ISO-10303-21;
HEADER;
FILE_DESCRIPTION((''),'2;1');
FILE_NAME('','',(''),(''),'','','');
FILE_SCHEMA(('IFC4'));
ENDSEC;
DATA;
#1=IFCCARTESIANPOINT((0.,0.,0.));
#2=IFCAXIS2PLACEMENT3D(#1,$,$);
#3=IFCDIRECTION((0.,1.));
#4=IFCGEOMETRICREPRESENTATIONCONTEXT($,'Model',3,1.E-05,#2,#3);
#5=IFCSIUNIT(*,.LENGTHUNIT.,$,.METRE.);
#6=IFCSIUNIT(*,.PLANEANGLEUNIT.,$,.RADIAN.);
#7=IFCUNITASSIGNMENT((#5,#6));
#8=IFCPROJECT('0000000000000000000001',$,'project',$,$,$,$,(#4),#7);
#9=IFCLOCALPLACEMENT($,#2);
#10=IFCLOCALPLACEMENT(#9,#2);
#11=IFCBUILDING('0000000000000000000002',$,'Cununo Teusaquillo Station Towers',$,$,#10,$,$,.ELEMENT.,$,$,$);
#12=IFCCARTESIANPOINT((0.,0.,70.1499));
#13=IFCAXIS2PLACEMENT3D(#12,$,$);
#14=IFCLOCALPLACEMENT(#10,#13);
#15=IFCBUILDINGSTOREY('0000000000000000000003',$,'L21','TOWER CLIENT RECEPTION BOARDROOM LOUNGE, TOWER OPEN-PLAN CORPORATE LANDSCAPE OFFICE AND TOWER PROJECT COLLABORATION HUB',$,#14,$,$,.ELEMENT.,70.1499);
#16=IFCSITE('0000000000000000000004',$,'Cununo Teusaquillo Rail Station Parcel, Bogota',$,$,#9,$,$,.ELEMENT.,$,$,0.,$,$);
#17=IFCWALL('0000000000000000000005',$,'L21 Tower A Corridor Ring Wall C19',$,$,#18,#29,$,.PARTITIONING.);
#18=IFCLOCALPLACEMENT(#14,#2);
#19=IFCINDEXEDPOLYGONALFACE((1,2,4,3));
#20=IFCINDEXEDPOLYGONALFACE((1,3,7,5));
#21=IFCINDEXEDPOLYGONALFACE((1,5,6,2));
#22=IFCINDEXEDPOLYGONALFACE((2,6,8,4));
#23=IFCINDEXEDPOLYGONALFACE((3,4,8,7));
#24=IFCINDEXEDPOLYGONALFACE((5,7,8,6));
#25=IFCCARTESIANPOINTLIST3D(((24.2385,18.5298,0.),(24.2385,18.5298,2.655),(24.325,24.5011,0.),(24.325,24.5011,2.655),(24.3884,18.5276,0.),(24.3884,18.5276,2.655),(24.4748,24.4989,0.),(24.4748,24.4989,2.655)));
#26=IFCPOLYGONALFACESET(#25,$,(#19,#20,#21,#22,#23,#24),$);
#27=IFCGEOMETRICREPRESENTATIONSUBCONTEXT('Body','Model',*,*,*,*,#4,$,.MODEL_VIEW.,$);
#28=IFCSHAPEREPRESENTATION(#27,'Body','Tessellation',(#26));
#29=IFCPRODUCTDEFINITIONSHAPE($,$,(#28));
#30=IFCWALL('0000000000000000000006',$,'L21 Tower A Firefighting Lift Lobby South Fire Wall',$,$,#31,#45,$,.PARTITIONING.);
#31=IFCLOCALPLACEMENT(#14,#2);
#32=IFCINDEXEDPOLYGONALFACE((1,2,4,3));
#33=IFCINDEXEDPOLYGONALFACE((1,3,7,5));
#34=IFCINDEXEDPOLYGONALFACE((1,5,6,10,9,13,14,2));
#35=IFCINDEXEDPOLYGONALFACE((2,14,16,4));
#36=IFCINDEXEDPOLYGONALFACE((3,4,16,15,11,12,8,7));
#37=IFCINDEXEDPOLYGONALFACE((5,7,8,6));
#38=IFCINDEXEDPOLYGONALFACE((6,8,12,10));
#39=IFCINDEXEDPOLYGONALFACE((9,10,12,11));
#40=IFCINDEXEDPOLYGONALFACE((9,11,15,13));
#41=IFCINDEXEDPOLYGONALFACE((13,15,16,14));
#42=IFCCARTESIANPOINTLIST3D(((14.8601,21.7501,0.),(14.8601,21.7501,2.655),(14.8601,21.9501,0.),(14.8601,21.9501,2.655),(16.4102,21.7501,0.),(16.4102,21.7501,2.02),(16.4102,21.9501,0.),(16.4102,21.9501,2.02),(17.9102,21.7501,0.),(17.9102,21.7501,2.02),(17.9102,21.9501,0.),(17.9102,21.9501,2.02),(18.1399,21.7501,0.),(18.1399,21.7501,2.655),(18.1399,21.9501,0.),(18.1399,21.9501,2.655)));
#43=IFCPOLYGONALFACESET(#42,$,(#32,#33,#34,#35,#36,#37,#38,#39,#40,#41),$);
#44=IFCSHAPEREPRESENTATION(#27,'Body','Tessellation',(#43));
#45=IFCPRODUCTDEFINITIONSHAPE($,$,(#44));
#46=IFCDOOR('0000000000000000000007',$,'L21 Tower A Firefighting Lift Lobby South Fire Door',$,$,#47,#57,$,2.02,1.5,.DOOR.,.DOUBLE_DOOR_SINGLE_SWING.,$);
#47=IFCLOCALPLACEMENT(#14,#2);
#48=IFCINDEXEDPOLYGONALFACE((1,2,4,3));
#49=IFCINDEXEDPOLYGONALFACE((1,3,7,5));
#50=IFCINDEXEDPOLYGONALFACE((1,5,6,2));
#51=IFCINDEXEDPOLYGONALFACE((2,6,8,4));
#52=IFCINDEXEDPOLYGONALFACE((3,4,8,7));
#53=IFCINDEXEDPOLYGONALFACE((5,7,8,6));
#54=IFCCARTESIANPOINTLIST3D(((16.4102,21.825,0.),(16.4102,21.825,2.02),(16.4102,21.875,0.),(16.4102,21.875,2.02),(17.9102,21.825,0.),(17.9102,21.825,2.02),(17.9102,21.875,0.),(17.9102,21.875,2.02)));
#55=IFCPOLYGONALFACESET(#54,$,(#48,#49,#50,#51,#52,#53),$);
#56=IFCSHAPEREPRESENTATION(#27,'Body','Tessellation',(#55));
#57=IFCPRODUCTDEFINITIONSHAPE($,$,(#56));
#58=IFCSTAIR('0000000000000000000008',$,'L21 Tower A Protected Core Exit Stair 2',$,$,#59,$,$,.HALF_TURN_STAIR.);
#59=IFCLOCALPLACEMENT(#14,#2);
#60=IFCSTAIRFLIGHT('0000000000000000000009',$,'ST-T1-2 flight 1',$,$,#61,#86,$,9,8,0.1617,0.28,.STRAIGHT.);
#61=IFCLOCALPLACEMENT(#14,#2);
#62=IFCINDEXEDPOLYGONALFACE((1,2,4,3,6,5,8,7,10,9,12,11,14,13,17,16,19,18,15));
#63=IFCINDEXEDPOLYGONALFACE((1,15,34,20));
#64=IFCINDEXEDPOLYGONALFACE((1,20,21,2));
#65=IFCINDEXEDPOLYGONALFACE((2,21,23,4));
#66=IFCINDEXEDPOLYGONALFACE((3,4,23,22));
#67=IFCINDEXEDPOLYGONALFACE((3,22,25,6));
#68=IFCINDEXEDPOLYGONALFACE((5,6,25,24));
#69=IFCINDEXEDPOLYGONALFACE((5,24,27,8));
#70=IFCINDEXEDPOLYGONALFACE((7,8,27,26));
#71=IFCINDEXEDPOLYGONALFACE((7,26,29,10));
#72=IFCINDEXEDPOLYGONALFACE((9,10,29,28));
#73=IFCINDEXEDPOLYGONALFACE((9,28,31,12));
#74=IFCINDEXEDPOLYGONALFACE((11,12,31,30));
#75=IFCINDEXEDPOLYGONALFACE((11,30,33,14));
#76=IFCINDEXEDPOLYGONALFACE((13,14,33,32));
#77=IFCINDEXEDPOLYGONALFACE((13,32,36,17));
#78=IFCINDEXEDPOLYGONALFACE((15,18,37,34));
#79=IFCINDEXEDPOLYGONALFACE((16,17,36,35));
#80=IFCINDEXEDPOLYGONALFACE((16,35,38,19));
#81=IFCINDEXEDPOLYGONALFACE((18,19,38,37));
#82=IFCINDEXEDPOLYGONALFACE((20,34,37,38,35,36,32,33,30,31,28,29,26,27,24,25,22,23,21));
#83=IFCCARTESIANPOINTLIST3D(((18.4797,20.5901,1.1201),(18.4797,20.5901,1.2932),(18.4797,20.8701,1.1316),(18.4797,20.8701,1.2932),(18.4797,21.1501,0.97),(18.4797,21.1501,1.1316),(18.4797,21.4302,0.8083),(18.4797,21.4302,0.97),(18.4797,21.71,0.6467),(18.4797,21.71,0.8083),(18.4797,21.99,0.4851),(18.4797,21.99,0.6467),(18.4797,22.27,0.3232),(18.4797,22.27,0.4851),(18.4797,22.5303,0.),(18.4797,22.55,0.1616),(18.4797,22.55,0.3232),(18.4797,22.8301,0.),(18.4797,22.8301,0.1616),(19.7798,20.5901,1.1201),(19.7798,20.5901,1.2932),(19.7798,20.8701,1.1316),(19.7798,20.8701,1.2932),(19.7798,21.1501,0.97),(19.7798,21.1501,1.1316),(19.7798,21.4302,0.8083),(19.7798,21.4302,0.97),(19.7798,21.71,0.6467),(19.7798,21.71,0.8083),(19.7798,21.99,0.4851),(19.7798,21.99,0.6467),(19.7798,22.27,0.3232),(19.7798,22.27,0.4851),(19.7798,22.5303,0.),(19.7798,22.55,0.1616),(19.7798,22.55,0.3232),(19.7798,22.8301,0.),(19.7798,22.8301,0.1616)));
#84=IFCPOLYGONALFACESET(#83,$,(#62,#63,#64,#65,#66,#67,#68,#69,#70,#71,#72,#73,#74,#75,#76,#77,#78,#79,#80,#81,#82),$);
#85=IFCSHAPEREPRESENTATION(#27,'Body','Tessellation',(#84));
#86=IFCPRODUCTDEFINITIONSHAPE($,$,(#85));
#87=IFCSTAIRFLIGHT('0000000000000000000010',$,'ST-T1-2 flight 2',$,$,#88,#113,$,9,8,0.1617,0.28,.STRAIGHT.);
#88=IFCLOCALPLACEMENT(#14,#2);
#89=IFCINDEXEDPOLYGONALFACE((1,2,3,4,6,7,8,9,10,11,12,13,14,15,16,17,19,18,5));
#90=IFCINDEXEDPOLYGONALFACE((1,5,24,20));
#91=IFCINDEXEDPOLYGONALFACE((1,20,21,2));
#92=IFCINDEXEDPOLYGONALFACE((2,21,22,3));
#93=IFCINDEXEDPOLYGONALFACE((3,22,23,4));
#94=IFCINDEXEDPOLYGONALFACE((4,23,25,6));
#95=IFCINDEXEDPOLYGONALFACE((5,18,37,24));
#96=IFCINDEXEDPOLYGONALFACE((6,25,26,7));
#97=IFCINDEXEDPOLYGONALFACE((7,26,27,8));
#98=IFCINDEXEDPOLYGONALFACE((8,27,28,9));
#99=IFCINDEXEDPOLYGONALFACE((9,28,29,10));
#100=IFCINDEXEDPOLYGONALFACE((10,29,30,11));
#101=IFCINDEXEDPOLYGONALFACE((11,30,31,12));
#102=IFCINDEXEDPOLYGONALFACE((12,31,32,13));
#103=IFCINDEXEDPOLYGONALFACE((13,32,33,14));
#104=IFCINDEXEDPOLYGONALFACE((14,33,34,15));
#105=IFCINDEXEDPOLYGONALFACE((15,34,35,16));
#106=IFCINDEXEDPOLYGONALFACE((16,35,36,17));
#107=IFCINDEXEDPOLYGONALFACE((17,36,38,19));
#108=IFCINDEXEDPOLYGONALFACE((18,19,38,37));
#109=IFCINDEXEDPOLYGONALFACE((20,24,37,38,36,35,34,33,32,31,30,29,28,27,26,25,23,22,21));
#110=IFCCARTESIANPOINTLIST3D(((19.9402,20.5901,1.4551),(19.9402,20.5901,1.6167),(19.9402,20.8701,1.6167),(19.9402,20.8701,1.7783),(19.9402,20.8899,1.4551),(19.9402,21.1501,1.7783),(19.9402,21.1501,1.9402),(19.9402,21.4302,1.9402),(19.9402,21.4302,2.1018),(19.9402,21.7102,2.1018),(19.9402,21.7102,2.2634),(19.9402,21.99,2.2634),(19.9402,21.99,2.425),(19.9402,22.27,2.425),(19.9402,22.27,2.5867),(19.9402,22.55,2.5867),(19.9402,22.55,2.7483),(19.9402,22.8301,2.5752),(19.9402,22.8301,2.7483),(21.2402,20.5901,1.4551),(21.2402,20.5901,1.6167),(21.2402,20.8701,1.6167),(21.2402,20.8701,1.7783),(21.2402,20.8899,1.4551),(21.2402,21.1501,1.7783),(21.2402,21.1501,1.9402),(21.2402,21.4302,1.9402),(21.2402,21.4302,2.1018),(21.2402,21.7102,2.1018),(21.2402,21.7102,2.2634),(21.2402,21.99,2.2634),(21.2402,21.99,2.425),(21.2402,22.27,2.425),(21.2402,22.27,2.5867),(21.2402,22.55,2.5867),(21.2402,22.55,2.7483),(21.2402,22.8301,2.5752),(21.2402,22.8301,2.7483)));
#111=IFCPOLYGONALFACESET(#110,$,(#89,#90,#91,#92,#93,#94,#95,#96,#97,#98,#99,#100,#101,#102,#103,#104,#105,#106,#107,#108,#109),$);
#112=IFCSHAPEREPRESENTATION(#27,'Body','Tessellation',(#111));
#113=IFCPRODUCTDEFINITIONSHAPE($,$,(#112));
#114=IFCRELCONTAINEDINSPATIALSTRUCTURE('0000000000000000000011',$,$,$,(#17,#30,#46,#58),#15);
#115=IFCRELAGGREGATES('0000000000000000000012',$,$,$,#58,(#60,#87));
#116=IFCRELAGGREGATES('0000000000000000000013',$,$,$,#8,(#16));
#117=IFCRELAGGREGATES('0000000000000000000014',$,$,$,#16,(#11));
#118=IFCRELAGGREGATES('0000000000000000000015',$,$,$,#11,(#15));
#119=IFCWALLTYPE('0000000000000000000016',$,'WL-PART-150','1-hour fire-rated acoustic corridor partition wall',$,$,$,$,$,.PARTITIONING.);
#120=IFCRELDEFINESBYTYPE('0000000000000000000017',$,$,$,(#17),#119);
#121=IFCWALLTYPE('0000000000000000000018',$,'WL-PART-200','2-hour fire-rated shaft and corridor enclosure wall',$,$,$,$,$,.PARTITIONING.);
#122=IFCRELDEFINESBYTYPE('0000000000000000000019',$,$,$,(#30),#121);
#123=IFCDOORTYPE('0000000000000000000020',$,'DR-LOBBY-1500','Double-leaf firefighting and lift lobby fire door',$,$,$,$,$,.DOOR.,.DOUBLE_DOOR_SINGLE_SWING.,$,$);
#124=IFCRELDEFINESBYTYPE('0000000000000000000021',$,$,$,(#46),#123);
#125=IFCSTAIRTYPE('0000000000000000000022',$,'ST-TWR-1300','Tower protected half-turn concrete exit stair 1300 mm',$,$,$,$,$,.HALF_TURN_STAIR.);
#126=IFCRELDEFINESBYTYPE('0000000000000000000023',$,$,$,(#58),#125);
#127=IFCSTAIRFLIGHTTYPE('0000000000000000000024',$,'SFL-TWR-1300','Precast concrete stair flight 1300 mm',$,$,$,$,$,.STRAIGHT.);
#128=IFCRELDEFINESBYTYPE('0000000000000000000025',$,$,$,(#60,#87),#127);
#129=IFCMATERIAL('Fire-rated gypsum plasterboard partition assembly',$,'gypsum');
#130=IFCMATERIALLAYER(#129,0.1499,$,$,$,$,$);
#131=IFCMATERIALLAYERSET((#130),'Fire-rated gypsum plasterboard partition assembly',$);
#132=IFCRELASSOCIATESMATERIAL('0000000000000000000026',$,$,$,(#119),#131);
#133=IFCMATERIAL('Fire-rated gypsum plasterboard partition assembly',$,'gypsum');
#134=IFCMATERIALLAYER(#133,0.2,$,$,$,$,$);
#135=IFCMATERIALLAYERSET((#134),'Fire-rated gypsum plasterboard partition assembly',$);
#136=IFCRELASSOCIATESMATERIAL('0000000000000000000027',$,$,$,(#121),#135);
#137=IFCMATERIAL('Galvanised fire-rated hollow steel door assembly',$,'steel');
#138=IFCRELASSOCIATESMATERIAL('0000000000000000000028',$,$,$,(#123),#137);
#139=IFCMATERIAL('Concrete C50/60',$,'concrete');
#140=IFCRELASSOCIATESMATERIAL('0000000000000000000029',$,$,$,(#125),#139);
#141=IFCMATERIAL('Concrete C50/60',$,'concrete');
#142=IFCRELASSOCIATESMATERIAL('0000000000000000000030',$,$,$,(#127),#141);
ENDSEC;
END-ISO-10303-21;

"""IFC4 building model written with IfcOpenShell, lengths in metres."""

from ifc_helpers import new_model, si_unit, direction, frame, frame_2d, origin, place, context, subcontext, project, spatial, polyline, rectangle, outline, extrude, source, transform, mapped, material, layer, layer_set, type_object, element, fill, aggregate, save


model = new_model("IFC4")

# Units and contexts
model_context = context("Model", 3, precision=1e-05, world=origin(), true_north=direction((0.0, 1.0)))
body_context = subcontext(model_context, "Body", "Model", "MODEL_VIEW")
ifc_project = project(units=[si_unit("LENGTHUNIT", "METRE"), si_unit("PLANEANGLEUNIT", "RADIAN")], contexts=[model_context])

# Site, building, storey
site_placement = place(None, origin())
site = spatial("IfcSite", under=ifc_project, at=site_placement, Name="Cununo Teusaquillo Rail Station Parcel, Bogota", CompositionType="ELEMENT", RefElevation=0.0)
building_placement = place(site_placement, origin())
building = spatial("IfcBuilding", under=site, at=building_placement, Name="Cununo Teusaquillo Station Towers", CompositionType="ELEMENT")
storey_placement = place(building_placement, frame((0.0, 0.0, 70.1499)))
storey = spatial("IfcBuildingStorey", under=building, at=storey_placement, Name="L21", Description="TOWER CLIENT RECEPTION BOARDROOM LOUNGE, TOWER OPEN-PLAN CORPORATE LANDSCAPE OFFICE AND TOWER PROJECT COLLABORATION HUB", CompositionType="ELEMENT", Elevation=70.1499)

# Wall
ifc_material_1 = material(Name="Fire-rated gypsum plasterboard partition assembly", Category="gypsum")
ifc_layer_1 = layer(ifc_material_1, 0.1499)
ifc_layer_set_1 = layer_set([ifc_layer_1], Name="Fire-rated gypsum plasterboard partition assembly")
wall_type_1 = type_object("IfcWallType", Name="WL-PART-150", Description="1-hour fire-rated acoustic corridor partition wall", PredefinedType="PARTITIONING", material=ifc_layer_set_1)
wall_1_placement = place(storey_placement, frame((24.3135, 18.5288, 0.0), z_axis=(0.0, 0.0, 1.0), x_axis=(0.014472, 0.999895, 0.0)))
element("IfcWall", 1, at=wall_1_placement, inside=storey, type_object=wall_type_1, Name="L21 Tower A Corridor Ring Wall C19", PredefinedType="PARTITIONING", context=body_context, shape_type="SweptSolid", body=[
    extrude(rectangle(XDim=5.9719, YDim=0.1499, at=frame_2d((2.9858, 0.0))), origin(), (0.0, 0.0, 1.0), 2.655),
])

# Wall, opening, door
ifc_material_2 = material(Name="Fire-rated gypsum plasterboard partition assembly", Category="gypsum")
ifc_layer_2 = layer(ifc_material_2, 0.2)
ifc_layer_set_2 = layer_set([ifc_layer_2], Name="Fire-rated gypsum plasterboard partition assembly")
wall_type_2 = type_object("IfcWallType", Name="WL-PART-200", Description="2-hour fire-rated shaft and corridor enclosure wall", PredefinedType="PARTITIONING", material=ifc_layer_set_2)
wall_2_placement = place(storey_placement, frame((14.8601, 21.8501, 0.0), z_axis=(0.0, 0.0, 1.0), x_axis=(1.0, 0.0, 0.0)))
wall_2 = element("IfcWall", 2, at=wall_2_placement, inside=storey, type_object=wall_type_2, Name="L21 Tower A Firefighting Lift Lobby South Fire Wall", PredefinedType="PARTITIONING", context=body_context, shape_type="SweptSolid", body=[
    extrude(rectangle(XDim=3.2798, YDim=0.2, at=frame_2d((1.6399, 0.0))), origin(), (0.0, 0.0, 1.0), 2.655),
])
shared_shape_1 = source(origin(), body_context, "Body", "SweptSolid", [
    extrude(rectangle(XDim=1.5, YDim=2.02, at=frame_2d((0.75, 1.01))), frame((0.0, 0.1099, 0.0), z_axis=(0.0, -1.0, 0.0), x_axis=(1.0, 0.0, 0.0)), (0.0, 0.0, 1.0), 0.22),
])
opening_1_placement = place(wall_2_placement, frame((1.55, 0.0, 0.0)))
opening_1 = element("IfcOpeningElement", 3, at=opening_1_placement, cuts=wall_2, PredefinedType="OPENING", context=body_context, shape_type="MappedRepresentation", body=[
    mapped(shared_shape_1, transform((0.0, 0.0, 0.0), x_axis=(1.0, 0.0, 0.0), y_axis=(0.0, 1.0, 0.0), z_axis=(0.0, 0.0, 1.0), scale=1.0)),
])
ifc_material_3 = material(Name="Galvanised fire-rated hollow steel door assembly", Category="steel")
door_type_1 = type_object("IfcDoorType", Name="DR-LOBBY-1500", Description="Double-leaf firefighting and lift lobby fire door", OperationType="DOUBLE_DOOR_SINGLE_SWING", PredefinedType="DOOR", material=ifc_material_3)
shared_shape_2 = source(origin(), body_context, "Body", "SweptSolid", [
    extrude(rectangle(XDim=1.5, YDim=2.02, at=frame_2d((0.75, 1.01))), frame((0.0, 0.0249, 0.0), z_axis=(0.0, -1.0, 0.0), x_axis=(1.0, 0.0, 0.0)), (0.0, 0.0, 1.0), 0.05),
])
door_1_placement = place(opening_1_placement, origin())
door_1 = element("IfcDoor", 4, at=door_1_placement, inside=storey, type_object=door_type_1, Name="L21 Tower A Firefighting Lift Lobby South Fire Door", OperationType="DOUBLE_DOOR_SINGLE_SWING", OverallHeight=2.02, OverallWidth=1.5, PredefinedType="DOOR", context=body_context, shape_type="MappedRepresentation", body=[
    mapped(shared_shape_2, transform((0.0, 0.0, 0.0), x_axis=(1.0, 0.0, 0.0), y_axis=(0.0, 1.0, 0.0), z_axis=(0.0, 0.0, 1.0), scale=1.0)),
])
fill(opening_1, door_1)

# Stair, stair flights
ifc_material_4 = material(Name="Concrete C50/60", Category="concrete")
stair_type = type_object("IfcStairType", Name="ST-TWR-1300", Description="Tower protected half-turn concrete exit stair 1300 mm", PredefinedType="HALF_TURN_STAIR", material=ifc_material_4)
stair_placement = place(storey_placement, origin())
stair = element("IfcStair", 5, at=stair_placement, inside=storey, type_object=stair_type, Name="L21 Tower A Protected Core Exit Stair 2", PredefinedType="HALF_TURN_STAIR")
ifc_material_5 = material(Name="Concrete C50/60", Category="concrete")
stair_flight_type = type_object("IfcStairFlightType", Name="SFL-TWR-1300", Description="Precast concrete stair flight 1300 mm", PredefinedType="STRAIGHT", material=ifc_material_5)
stair_flight_1_placement = place(storey_placement, frame((19.1299, 22.8301, 0.0), z_axis=(0.0, 0.0, 1.0), x_axis=(0.0, -1.0, 0.0)))
stair_flight_1 = element("IfcStairFlight", 6, at=stair_flight_1_placement, type_object=stair_flight_type, Name="ST-T1-2 flight 1", NumberOfRisers=9, NumberOfTreads=8, PredefinedType="STRAIGHT", RiserHeight=0.1617, TreadLength=0.28, context=body_context, shape_type="SweptSolid", body=[
    extrude(outline(polyline([(0.0, 0.0), (0.0, 0.1616), (0.28, 0.1616), (0.28, 0.3232), (0.5601, 0.3232), (0.5601, 0.4851), (0.8401, 0.4851), (0.8401, 0.6467), (1.1201, 0.6467), (1.1201, 0.8083), (1.3999, 0.8083), (1.3999, 0.97), (1.6799, 0.97), (1.6799, 1.1316), (1.96, 1.1316), (1.96, 1.2932), (2.24, 1.2932), (2.24, 1.4551), (2.24, 1.1201), (0.2998, 0.0), (0.0, 0.0)])), frame((0.0, 0.6499, 0.0), z_axis=(0.0, -1.0, 0.0), x_axis=(1.0, 0.0, 0.0)), (0.0, 0.0, 1.0), 1.3),
])
stair_flight_2_placement = place(storey_placement, frame((20.5901, 20.5901, 1.4551), z_axis=(0.0, 0.0, 1.0), x_axis=(0.0, 1.0, 0.0)))
stair_flight_2 = element("IfcStairFlight", 7, at=stair_flight_2_placement, type_object=stair_flight_type, Name="ST-T1-2 flight 2", NumberOfRisers=9, NumberOfTreads=8, PredefinedType="STRAIGHT", RiserHeight=0.1617, TreadLength=0.28, context=body_context, shape_type="SweptSolid", body=[
    extrude(outline(polyline([(0.0, 0.0), (0.0, 0.1616), (0.28, 0.1616), (0.28, 0.3232), (0.5601, 0.3232), (0.5601, 0.4851), (0.8401, 0.4851), (0.8401, 0.6467), (1.1201, 0.6467), (1.1201, 0.8083), (1.3999, 0.8083), (1.3999, 0.97), (1.6799, 0.97), (1.6799, 1.1316), (1.96, 1.1316), (1.96, 1.2932), (2.24, 1.2932), (2.24, 1.4551), (2.24, 1.1201), (0.2998, 0.0), (0.0, 0.0)])), frame((0.0, 0.6499, 0.0), z_axis=(0.0, -1.0, 0.0), x_axis=(1.0, 0.0, 0.0)), (0.0, 0.0, 1.0), 1.3),
])
aggregate(stair, [stair_flight_1, stair_flight_2])

save(model, "model.ifc")
